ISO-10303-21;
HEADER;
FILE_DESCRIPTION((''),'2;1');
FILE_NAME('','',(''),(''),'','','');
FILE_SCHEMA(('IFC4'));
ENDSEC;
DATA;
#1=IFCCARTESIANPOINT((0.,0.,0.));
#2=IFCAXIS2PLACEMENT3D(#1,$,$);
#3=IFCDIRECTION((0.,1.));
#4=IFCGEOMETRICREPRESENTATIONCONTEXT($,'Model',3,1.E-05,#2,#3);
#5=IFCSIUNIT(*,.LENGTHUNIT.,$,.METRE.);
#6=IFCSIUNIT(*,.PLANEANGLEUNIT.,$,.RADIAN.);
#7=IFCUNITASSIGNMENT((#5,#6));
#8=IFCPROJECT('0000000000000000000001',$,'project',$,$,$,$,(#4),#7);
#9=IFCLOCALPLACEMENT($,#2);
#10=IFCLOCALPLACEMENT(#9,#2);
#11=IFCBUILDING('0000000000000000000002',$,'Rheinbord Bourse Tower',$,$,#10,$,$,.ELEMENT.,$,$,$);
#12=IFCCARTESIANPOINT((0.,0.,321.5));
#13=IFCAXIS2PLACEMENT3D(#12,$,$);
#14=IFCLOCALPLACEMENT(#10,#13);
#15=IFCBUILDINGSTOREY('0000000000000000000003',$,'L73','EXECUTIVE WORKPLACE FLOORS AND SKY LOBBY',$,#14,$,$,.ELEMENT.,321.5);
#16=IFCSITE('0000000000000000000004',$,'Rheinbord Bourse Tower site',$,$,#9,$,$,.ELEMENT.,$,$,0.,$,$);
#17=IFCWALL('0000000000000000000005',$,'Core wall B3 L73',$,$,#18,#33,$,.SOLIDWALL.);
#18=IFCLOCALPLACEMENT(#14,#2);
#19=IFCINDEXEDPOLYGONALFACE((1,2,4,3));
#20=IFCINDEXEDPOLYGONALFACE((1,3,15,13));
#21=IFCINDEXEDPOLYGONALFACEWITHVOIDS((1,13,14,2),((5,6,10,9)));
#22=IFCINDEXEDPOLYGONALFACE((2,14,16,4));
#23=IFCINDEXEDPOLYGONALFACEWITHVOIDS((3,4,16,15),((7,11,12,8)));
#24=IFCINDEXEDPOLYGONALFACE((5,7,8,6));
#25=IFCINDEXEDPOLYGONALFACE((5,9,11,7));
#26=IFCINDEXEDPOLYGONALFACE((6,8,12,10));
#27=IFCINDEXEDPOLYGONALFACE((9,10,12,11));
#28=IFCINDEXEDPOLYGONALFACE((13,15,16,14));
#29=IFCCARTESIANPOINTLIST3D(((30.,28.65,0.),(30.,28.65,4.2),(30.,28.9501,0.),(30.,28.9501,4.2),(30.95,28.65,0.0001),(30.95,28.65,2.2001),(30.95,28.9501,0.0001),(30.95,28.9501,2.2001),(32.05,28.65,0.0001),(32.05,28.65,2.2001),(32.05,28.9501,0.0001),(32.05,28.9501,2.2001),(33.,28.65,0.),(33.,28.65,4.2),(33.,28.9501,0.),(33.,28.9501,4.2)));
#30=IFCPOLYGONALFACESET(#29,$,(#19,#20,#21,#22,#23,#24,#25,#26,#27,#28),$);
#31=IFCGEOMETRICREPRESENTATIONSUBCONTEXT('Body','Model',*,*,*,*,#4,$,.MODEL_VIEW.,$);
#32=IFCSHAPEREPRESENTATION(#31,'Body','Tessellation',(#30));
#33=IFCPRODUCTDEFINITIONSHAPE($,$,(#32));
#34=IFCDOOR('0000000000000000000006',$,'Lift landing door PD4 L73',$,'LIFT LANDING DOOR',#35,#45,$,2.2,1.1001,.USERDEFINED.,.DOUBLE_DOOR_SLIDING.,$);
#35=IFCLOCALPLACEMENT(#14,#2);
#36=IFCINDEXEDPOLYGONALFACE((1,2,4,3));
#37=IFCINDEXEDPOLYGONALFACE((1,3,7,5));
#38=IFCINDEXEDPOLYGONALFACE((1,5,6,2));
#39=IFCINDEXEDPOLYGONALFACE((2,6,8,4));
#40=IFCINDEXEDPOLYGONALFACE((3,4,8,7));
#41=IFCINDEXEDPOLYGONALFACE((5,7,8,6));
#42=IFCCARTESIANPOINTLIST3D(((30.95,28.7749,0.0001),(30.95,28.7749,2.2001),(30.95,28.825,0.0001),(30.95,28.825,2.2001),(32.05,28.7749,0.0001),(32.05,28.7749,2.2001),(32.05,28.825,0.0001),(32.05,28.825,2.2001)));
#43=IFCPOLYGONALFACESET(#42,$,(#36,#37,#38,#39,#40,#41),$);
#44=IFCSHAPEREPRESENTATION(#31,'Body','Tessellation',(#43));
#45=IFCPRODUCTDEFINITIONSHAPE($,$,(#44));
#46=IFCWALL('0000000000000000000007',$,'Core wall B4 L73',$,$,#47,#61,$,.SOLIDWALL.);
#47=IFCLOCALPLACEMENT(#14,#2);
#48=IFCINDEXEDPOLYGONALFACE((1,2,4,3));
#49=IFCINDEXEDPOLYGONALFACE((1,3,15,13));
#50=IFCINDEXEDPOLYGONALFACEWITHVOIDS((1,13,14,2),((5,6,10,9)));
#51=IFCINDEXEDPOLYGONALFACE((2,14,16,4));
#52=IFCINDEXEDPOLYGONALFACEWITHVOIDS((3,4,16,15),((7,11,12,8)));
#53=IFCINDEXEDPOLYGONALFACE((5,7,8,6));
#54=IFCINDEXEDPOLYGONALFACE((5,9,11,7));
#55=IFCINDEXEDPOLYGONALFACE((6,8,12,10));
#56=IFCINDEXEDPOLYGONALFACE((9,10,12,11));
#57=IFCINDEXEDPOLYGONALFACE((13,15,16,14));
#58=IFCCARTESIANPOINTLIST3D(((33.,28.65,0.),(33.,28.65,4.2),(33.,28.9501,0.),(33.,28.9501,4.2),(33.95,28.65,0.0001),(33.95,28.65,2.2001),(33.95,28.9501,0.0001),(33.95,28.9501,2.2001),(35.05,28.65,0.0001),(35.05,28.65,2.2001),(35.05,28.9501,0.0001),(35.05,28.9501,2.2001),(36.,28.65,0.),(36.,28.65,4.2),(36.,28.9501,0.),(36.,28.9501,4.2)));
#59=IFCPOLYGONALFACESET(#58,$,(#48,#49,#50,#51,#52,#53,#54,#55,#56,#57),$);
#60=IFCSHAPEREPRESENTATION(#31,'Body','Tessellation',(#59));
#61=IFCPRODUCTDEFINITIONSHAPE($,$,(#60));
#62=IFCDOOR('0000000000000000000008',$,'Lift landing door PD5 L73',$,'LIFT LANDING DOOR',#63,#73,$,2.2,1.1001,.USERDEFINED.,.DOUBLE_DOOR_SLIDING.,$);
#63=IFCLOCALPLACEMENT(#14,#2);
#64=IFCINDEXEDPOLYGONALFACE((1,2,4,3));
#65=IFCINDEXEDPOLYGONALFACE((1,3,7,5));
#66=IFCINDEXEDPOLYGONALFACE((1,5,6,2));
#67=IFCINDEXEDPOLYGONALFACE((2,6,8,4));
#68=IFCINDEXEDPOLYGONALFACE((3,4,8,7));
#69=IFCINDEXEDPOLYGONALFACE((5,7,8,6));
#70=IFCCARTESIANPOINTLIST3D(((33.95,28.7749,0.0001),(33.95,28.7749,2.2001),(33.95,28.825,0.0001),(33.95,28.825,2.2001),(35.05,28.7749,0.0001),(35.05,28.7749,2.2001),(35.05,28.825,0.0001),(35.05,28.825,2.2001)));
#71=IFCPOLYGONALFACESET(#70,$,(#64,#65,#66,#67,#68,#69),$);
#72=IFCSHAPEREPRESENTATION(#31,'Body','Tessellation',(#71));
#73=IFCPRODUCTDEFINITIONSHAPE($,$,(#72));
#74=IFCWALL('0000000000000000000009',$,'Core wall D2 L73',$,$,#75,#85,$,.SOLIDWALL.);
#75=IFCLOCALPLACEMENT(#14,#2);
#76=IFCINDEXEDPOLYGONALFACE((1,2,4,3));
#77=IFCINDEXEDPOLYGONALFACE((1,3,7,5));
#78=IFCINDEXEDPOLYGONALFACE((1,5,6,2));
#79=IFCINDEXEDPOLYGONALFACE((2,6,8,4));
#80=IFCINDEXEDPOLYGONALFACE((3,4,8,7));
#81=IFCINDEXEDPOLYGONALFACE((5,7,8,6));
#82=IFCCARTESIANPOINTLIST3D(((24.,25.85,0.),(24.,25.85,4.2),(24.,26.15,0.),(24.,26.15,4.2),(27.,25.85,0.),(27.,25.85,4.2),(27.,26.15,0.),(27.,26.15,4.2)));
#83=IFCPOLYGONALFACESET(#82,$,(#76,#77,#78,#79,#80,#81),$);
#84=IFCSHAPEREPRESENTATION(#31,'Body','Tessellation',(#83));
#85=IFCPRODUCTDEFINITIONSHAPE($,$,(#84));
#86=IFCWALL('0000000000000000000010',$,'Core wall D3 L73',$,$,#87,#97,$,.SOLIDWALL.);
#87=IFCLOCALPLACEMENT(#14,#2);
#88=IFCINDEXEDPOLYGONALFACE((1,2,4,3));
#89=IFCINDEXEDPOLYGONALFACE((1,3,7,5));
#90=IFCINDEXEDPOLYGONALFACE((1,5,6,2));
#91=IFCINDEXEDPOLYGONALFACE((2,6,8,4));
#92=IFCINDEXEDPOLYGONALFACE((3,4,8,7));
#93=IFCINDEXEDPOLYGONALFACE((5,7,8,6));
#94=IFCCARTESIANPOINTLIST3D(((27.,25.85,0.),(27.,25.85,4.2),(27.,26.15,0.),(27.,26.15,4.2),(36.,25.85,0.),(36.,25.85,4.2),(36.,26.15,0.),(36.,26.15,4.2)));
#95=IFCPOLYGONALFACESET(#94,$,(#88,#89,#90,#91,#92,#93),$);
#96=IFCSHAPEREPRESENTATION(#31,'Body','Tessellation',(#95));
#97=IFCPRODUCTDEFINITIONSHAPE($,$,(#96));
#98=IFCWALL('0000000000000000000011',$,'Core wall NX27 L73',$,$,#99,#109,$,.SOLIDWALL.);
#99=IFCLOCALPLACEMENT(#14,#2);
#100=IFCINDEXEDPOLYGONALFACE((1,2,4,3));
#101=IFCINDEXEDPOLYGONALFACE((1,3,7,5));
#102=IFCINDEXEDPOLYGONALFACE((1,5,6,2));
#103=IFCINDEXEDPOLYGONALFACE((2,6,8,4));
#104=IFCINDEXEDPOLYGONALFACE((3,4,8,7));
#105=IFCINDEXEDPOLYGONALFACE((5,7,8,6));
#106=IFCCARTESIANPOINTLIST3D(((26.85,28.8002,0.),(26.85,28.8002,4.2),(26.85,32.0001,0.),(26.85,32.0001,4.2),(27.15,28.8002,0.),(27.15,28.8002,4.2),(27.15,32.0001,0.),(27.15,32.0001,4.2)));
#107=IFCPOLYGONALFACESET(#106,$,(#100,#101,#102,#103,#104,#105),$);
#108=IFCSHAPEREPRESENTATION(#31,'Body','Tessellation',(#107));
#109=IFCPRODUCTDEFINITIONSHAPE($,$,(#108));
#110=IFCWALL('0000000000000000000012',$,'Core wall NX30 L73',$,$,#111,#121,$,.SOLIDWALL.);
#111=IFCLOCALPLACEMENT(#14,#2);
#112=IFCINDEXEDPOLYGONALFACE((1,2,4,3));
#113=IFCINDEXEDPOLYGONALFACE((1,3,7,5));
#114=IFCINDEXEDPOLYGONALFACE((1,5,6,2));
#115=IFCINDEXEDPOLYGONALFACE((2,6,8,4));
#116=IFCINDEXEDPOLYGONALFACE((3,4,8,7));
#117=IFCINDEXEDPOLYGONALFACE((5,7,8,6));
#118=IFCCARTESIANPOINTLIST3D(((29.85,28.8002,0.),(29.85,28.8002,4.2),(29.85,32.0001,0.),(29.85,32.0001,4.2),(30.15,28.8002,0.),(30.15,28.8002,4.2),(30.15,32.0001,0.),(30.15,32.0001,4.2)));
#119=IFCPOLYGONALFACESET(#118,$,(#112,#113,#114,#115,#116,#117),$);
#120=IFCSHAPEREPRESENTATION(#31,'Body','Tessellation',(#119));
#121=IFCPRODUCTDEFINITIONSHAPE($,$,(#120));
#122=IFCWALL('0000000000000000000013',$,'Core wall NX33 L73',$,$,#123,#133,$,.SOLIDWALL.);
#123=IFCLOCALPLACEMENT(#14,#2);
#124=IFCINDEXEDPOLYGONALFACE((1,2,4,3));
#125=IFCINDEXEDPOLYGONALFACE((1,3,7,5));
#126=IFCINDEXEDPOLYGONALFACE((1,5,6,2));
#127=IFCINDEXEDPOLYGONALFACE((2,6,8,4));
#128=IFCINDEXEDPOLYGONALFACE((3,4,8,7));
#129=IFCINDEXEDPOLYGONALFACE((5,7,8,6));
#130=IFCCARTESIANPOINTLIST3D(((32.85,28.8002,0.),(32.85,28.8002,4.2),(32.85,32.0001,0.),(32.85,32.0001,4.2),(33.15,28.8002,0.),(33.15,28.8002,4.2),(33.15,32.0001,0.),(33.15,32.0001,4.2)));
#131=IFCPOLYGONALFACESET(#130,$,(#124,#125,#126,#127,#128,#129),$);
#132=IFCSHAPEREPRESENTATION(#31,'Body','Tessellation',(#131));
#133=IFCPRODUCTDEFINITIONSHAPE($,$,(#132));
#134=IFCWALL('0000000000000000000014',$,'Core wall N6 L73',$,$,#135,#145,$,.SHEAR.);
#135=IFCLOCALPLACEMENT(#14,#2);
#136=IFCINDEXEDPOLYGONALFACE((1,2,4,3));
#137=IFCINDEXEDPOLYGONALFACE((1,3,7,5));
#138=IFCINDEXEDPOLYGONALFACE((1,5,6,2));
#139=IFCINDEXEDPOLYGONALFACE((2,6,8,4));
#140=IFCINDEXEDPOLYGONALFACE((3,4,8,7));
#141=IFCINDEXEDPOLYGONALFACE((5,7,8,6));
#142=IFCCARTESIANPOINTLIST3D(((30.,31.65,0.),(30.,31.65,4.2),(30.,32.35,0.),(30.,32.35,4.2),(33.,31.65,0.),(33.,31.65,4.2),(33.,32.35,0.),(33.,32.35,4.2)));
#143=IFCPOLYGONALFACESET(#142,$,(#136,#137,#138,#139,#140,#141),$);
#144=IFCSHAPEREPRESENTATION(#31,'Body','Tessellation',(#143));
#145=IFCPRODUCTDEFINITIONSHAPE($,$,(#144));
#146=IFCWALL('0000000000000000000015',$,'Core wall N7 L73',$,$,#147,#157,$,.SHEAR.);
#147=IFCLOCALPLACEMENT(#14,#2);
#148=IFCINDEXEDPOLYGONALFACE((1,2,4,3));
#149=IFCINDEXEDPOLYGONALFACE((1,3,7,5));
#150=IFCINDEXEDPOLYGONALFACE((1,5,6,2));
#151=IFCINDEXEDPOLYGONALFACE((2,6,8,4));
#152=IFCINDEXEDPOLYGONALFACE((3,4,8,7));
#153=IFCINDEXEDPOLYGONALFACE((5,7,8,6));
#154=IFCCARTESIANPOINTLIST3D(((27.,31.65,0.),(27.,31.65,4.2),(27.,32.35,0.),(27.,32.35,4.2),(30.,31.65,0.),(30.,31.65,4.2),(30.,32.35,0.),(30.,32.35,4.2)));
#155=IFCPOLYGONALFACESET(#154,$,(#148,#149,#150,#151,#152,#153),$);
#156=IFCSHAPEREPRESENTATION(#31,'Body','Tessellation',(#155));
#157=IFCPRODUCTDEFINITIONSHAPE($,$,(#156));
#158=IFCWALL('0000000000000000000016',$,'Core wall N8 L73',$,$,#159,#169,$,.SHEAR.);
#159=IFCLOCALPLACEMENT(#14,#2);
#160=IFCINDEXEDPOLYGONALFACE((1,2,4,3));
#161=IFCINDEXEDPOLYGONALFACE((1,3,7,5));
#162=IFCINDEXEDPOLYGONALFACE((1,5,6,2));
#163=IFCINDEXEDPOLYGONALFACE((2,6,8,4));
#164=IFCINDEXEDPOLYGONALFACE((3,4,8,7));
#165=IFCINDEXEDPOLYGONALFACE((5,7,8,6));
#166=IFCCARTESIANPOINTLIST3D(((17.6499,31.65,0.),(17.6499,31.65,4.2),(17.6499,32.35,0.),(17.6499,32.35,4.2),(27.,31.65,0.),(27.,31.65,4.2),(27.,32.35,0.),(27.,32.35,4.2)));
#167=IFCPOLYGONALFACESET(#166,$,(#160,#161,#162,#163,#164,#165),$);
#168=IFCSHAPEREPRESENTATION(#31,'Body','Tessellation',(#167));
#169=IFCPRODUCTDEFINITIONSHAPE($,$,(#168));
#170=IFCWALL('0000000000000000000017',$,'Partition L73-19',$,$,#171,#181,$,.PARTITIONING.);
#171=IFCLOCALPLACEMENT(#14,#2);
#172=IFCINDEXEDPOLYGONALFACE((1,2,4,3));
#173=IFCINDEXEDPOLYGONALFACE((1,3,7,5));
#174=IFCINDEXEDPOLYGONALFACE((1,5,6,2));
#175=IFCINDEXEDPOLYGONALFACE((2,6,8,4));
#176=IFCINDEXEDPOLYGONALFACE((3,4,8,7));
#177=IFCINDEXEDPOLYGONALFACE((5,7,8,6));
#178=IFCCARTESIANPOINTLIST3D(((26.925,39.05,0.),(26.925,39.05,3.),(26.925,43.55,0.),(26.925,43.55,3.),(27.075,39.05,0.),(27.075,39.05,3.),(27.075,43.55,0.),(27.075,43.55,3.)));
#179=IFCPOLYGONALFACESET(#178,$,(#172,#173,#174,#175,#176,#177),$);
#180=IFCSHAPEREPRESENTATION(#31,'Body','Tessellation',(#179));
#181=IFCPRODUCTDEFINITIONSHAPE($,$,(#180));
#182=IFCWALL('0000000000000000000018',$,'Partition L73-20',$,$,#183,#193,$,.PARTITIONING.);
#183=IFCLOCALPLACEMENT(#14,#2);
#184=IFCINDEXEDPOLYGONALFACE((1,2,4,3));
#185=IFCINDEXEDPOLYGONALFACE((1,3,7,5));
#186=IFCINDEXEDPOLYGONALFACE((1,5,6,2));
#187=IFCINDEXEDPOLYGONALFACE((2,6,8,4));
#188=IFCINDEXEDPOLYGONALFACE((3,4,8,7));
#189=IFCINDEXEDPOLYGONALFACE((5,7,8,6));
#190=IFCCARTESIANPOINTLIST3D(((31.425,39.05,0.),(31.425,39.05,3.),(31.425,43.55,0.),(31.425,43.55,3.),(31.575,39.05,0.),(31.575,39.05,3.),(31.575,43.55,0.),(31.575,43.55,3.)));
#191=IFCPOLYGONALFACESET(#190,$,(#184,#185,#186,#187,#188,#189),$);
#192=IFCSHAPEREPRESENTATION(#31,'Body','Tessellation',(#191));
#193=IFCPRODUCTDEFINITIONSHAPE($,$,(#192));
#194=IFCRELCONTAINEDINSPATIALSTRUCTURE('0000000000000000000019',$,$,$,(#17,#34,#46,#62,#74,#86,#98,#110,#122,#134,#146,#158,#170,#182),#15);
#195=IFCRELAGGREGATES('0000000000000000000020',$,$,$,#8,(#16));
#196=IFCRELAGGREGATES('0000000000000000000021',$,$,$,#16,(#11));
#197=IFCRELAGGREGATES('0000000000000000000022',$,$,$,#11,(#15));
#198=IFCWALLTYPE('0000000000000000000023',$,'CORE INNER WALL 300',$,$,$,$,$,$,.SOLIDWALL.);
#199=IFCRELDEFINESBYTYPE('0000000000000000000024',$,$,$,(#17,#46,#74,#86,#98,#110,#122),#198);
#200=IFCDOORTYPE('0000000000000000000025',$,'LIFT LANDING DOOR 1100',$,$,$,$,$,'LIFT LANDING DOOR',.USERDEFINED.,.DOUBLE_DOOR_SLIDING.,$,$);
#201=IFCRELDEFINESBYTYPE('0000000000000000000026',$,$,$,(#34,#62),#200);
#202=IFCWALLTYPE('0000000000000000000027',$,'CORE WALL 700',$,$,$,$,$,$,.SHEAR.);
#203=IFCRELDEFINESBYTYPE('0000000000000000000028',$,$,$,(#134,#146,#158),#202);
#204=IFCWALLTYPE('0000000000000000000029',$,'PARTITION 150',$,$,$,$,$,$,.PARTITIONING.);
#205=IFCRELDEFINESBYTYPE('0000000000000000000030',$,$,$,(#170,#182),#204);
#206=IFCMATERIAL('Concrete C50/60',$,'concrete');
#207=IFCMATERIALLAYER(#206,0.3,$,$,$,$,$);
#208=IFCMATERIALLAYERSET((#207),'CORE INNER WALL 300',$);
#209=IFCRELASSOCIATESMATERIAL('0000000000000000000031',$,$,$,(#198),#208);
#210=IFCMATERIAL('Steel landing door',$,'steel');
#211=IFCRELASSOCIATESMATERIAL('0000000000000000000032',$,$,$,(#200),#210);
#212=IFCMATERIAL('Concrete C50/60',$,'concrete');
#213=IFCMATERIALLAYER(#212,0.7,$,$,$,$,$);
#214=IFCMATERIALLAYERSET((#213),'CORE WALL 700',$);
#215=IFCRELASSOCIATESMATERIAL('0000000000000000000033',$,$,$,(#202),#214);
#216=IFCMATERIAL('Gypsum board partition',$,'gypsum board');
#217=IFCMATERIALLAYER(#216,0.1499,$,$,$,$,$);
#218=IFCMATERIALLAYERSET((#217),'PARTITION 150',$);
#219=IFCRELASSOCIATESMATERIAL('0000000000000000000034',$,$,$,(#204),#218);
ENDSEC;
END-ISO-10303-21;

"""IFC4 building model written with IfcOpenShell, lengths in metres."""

from ifc_helpers import new_model, si_unit, direction, frame, frame_2d, origin, place, context, subcontext, project, spatial, rectangle, extrude, material, layer, layer_set, type_object, element, fill, save


model = new_model("IFC4")

# Units and contexts
model_context = context("Model", 3, precision=1e-05, world=origin(), true_north=direction((0.0, 1.0)))
body_context = subcontext(model_context, "Body", "Model", "MODEL_VIEW")
ifc_project = project(units=[si_unit("LENGTHUNIT", "METRE"), si_unit("PLANEANGLEUNIT", "RADIAN")], contexts=[model_context])

# Site, building, storey
site_placement = place(None, origin())
site = spatial("IfcSite", under=ifc_project, at=site_placement, Name="Rheinbord Bourse Tower site", CompositionType="ELEMENT", RefElevation=0.0)
building_placement = place(site_placement, origin())
building = spatial("IfcBuilding", under=site, at=building_placement, Name="Rheinbord Bourse Tower", CompositionType="ELEMENT")
storey_placement = place(building_placement, frame((0.0, 0.0, 321.5)))
storey = spatial("IfcBuildingStorey", under=building, at=storey_placement, Name="L73", Description="EXECUTIVE WORKPLACE FLOORS AND SKY LOBBY", CompositionType="ELEMENT", Elevation=321.5)

# Walls, openings, doors
ifc_material_1 = material(Name="Concrete C50/60", Category="concrete")
ifc_layer_1 = layer(ifc_material_1, 0.3)
ifc_layer_set_1 = layer_set([ifc_layer_1], Name="CORE INNER WALL 300")
wall_type_1 = type_object("IfcWallType", Name="CORE INNER WALL 300", PredefinedType="SOLIDWALL", material=ifc_layer_set_1)
ifc_material_2 = material(Name="Steel landing door", Category="steel")
door_type = type_object("IfcDoorType", Name="LIFT LANDING DOOR 1100", ElementType="LIFT LANDING DOOR", OperationType="DOUBLE_DOOR_SLIDING", PredefinedType="USERDEFINED", material=ifc_material_2)
wall_1_placement = place(storey_placement, frame((30.0, 28.8, 0.0), z_axis=(0.0, 0.0, 1.0), x_axis=(1.0, 0.0, 0.0)))
wall_1 = element("IfcWall", 1, at=wall_1_placement, inside=storey, type_object=wall_type_1, Name="Core wall B3 L73", PredefinedType="SOLIDWALL", context=body_context, shape_type="SweptSolid", body=[
    extrude(rectangle(XDim=3.0, YDim=0.3, at=frame_2d((1.5, 0.0))), origin(), (0.0, 0.0, 1.0), 4.2),
])
opening_1_placement = place(wall_1_placement, frame((0.95, 0.0, 0.0)))
opening_1 = element("IfcOpeningElement", 2, at=opening_1_placement, cuts=wall_1, PredefinedType="OPENING", context=body_context, shape_type="SweptSolid", body=[
    extrude(rectangle(XDim=1.1001, YDim=2.2, at=frame_2d((0.55, 1.1001))), frame((0.0, 0.1599, 0.0), z_axis=(0.0, -1.0, 0.0), x_axis=(1.0, 0.0, 0.0)), (0.0, 0.0, 1.0), 0.3201),
])
door_1_placement = place(opening_1_placement, origin())
door_1 = element("IfcDoor", 3, at=door_1_placement, inside=storey, type_object=door_type, Name="Lift landing door PD4 L73", ObjectType="LIFT LANDING DOOR", OperationType="DOUBLE_DOOR_SLIDING", OverallHeight=2.2, OverallWidth=1.1001, PredefinedType="USERDEFINED", context=body_context, shape_type="SweptSolid", body=[
    extrude(rectangle(XDim=1.1001, YDim=2.2, at=frame_2d((0.55, 1.1001))), frame((0.0, 0.0249, 0.0), z_axis=(0.0, -1.0, 0.0), x_axis=(1.0, 0.0, 0.0)), (0.0, 0.0, 1.0), 0.05),
])
fill(opening_1, door_1)
wall_2_placement = place(storey_placement, frame((33.0, 28.8, 0.0), z_axis=(0.0, 0.0, 1.0), x_axis=(1.0, 0.0, 0.0)))
wall_2 = element("IfcWall", 4, at=wall_2_placement, inside=storey, type_object=wall_type_1, Name="Core wall B4 L73", PredefinedType="SOLIDWALL", context=body_context, shape_type="SweptSolid", body=[
    extrude(rectangle(XDim=3.0, YDim=0.3, at=frame_2d((1.5, 0.0))), origin(), (0.0, 0.0, 1.0), 4.2),
])
opening_2_placement = place(wall_2_placement, frame((0.95, 0.0, 0.0)))
opening_2 = element("IfcOpeningElement", 5, at=opening_2_placement, cuts=wall_2, PredefinedType="OPENING", context=body_context, shape_type="SweptSolid", body=[
    extrude(rectangle(XDim=1.1001, YDim=2.2, at=frame_2d((0.55, 1.1001))), frame((0.0, 0.1599, 0.0), z_axis=(0.0, -1.0, 0.0), x_axis=(1.0, 0.0, 0.0)), (0.0, 0.0, 1.0), 0.3201),
])
door_2_placement = place(opening_2_placement, origin())
door_2 = element("IfcDoor", 6, at=door_2_placement, inside=storey, type_object=door_type, Name="Lift landing door PD5 L73", ObjectType="LIFT LANDING DOOR", OperationType="DOUBLE_DOOR_SLIDING", OverallHeight=2.2, OverallWidth=1.1001, PredefinedType="USERDEFINED", context=body_context, shape_type="SweptSolid", body=[
    extrude(rectangle(XDim=1.1001, YDim=2.2, at=frame_2d((0.55, 1.1001))), frame((0.0, 0.0249, 0.0), z_axis=(0.0, -1.0, 0.0), x_axis=(1.0, 0.0, 0.0)), (0.0, 0.0, 1.0), 0.05),
])
fill(opening_2, door_2)

# Walls
wall_3_placement = place(storey_placement, frame((24.0, 26.0, 0.0), z_axis=(0.0, 0.0, 1.0), x_axis=(1.0, 0.0, 0.0)))
element("IfcWall", 7, at=wall_3_placement, inside=storey, type_object=wall_type_1, Name="Core wall D2 L73", PredefinedType="SOLIDWALL", context=body_context, shape_type="SweptSolid", body=[
    extrude(rectangle(XDim=3.0, YDim=0.3, at=frame_2d((1.5, 0.0))), origin(), (0.0, 0.0, 1.0), 4.2),
])
wall_4_placement = place(storey_placement, frame((27.0, 26.0, 0.0), z_axis=(0.0, 0.0, 1.0), x_axis=(1.0, 0.0, 0.0)))
element("IfcWall", 8, at=wall_4_placement, inside=storey, type_object=wall_type_1, Name="Core wall D3 L73", PredefinedType="SOLIDWALL", context=body_context, shape_type="SweptSolid", body=[
    extrude(rectangle(XDim=9.0, YDim=0.3, at=frame_2d((4.5, 0.0))), origin(), (0.0, 0.0, 1.0), 4.2),
])
for number, where, z_axis, x_axis, name in (
    (9, (27.0, 28.8, 0.0), (0.0, 0.0, 1.0), (0.0, 1.0, 0.0), "Core wall NX27 L73"),
    (10, (30.0, 28.8, 0.0), (0.0, 0.0, 1.0), (0.0, 1.0, 0.0), "Core wall NX30 L73"),
    (11, (33.0, 28.8, 0.0), (0.0, 0.0, 1.0), (0.0, 1.0, 0.0), "Core wall NX33 L73"),
):
    element("IfcWall", number, at=place(storey_placement, frame(where, z_axis=z_axis, x_axis=x_axis)), inside=storey, type_object=wall_type_1, Name=name, PredefinedType="SOLIDWALL", context=body_context, shape_type="SweptSolid", body=[
        extrude(rectangle(XDim=3.2, YDim=0.3, at=frame_2d((1.6001, 0.0))), origin(), (0.0, 0.0, 1.0), 4.2),
    ])
ifc_material_3 = material(Name="Concrete C50/60", Category="concrete")
ifc_layer_2 = layer(ifc_material_3, 0.7)
ifc_layer_set_2 = layer_set([ifc_layer_2], Name="CORE WALL 700")
wall_type_2 = type_object("IfcWallType", Name="CORE WALL 700", PredefinedType="SHEAR", material=ifc_layer_set_2)
for number, where, z_axis, x_axis, name in (
    (12, (33.0, 32.0, 0.0), (0.0, 0.0, 1.0), (-1.0, 0.0, 0.0), "Core wall N6 L73"),
    (13, (30.0, 32.0, 0.0), (0.0, 0.0, 1.0), (-1.0, 0.0, 0.0), "Core wall N7 L73"),
):
    element("IfcWall", number, at=place(storey_placement, frame(where, z_axis=z_axis, x_axis=x_axis)), inside=storey, type_object=wall_type_2, Name=name, PredefinedType="SHEAR", context=body_context, shape_type="SweptSolid", body=[
        extrude(rectangle(XDim=3.0, YDim=0.7, at=frame_2d((1.5, 0.0))), origin(), (0.0, 0.0, 1.0), 4.2),
    ])
wall_5_placement = place(storey_placement, frame((27.0, 32.0, 0.0), z_axis=(0.0, 0.0, 1.0), x_axis=(-1.0, 0.0, 0.0)))
element("IfcWall", 14, at=wall_5_placement, inside=storey, type_object=wall_type_2, Name="Core wall N8 L73", PredefinedType="SHEAR", context=body_context, shape_type="SweptSolid", body=[
    extrude(rectangle(XDim=9.3501, YDim=0.7, at=frame_2d((4.675, 0.0))), origin(), (0.0, 0.0, 1.0), 4.2),
])
ifc_material_4 = material(Name="Gypsum board partition", Category="gypsum board")
ifc_layer_3 = layer(ifc_material_4, 0.1499)
ifc_layer_set_3 = layer_set([ifc_layer_3], Name="PARTITION 150")
wall_type_3 = type_object("IfcWallType", Name="PARTITION 150", PredefinedType="PARTITIONING", material=ifc_layer_set_3)
for number, where, z_axis, x_axis, name in (
    (15, (27.0, 39.05, 0.0), (0.0, 0.0, 1.0), (0.0, 1.0, 0.0), "Partition L73-19"),
    (16, (31.5, 39.05, 0.0), (0.0, 0.0, 1.0), (0.0, 1.0, 0.0), "Partition L73-20"),
):
    element("IfcWall", number, at=place(storey_placement, frame(where, z_axis=z_axis, x_axis=x_axis)), inside=storey, type_object=wall_type_3, Name=name, PredefinedType="PARTITIONING", context=body_context, shape_type="SweptSolid", body=[
        extrude(rectangle(XDim=4.5, YDim=0.1499, at=frame_2d((2.25, 0.0))), origin(), (0.0, 0.0, 1.0), 3.0),
    ])

save(model, "model.ifc")
